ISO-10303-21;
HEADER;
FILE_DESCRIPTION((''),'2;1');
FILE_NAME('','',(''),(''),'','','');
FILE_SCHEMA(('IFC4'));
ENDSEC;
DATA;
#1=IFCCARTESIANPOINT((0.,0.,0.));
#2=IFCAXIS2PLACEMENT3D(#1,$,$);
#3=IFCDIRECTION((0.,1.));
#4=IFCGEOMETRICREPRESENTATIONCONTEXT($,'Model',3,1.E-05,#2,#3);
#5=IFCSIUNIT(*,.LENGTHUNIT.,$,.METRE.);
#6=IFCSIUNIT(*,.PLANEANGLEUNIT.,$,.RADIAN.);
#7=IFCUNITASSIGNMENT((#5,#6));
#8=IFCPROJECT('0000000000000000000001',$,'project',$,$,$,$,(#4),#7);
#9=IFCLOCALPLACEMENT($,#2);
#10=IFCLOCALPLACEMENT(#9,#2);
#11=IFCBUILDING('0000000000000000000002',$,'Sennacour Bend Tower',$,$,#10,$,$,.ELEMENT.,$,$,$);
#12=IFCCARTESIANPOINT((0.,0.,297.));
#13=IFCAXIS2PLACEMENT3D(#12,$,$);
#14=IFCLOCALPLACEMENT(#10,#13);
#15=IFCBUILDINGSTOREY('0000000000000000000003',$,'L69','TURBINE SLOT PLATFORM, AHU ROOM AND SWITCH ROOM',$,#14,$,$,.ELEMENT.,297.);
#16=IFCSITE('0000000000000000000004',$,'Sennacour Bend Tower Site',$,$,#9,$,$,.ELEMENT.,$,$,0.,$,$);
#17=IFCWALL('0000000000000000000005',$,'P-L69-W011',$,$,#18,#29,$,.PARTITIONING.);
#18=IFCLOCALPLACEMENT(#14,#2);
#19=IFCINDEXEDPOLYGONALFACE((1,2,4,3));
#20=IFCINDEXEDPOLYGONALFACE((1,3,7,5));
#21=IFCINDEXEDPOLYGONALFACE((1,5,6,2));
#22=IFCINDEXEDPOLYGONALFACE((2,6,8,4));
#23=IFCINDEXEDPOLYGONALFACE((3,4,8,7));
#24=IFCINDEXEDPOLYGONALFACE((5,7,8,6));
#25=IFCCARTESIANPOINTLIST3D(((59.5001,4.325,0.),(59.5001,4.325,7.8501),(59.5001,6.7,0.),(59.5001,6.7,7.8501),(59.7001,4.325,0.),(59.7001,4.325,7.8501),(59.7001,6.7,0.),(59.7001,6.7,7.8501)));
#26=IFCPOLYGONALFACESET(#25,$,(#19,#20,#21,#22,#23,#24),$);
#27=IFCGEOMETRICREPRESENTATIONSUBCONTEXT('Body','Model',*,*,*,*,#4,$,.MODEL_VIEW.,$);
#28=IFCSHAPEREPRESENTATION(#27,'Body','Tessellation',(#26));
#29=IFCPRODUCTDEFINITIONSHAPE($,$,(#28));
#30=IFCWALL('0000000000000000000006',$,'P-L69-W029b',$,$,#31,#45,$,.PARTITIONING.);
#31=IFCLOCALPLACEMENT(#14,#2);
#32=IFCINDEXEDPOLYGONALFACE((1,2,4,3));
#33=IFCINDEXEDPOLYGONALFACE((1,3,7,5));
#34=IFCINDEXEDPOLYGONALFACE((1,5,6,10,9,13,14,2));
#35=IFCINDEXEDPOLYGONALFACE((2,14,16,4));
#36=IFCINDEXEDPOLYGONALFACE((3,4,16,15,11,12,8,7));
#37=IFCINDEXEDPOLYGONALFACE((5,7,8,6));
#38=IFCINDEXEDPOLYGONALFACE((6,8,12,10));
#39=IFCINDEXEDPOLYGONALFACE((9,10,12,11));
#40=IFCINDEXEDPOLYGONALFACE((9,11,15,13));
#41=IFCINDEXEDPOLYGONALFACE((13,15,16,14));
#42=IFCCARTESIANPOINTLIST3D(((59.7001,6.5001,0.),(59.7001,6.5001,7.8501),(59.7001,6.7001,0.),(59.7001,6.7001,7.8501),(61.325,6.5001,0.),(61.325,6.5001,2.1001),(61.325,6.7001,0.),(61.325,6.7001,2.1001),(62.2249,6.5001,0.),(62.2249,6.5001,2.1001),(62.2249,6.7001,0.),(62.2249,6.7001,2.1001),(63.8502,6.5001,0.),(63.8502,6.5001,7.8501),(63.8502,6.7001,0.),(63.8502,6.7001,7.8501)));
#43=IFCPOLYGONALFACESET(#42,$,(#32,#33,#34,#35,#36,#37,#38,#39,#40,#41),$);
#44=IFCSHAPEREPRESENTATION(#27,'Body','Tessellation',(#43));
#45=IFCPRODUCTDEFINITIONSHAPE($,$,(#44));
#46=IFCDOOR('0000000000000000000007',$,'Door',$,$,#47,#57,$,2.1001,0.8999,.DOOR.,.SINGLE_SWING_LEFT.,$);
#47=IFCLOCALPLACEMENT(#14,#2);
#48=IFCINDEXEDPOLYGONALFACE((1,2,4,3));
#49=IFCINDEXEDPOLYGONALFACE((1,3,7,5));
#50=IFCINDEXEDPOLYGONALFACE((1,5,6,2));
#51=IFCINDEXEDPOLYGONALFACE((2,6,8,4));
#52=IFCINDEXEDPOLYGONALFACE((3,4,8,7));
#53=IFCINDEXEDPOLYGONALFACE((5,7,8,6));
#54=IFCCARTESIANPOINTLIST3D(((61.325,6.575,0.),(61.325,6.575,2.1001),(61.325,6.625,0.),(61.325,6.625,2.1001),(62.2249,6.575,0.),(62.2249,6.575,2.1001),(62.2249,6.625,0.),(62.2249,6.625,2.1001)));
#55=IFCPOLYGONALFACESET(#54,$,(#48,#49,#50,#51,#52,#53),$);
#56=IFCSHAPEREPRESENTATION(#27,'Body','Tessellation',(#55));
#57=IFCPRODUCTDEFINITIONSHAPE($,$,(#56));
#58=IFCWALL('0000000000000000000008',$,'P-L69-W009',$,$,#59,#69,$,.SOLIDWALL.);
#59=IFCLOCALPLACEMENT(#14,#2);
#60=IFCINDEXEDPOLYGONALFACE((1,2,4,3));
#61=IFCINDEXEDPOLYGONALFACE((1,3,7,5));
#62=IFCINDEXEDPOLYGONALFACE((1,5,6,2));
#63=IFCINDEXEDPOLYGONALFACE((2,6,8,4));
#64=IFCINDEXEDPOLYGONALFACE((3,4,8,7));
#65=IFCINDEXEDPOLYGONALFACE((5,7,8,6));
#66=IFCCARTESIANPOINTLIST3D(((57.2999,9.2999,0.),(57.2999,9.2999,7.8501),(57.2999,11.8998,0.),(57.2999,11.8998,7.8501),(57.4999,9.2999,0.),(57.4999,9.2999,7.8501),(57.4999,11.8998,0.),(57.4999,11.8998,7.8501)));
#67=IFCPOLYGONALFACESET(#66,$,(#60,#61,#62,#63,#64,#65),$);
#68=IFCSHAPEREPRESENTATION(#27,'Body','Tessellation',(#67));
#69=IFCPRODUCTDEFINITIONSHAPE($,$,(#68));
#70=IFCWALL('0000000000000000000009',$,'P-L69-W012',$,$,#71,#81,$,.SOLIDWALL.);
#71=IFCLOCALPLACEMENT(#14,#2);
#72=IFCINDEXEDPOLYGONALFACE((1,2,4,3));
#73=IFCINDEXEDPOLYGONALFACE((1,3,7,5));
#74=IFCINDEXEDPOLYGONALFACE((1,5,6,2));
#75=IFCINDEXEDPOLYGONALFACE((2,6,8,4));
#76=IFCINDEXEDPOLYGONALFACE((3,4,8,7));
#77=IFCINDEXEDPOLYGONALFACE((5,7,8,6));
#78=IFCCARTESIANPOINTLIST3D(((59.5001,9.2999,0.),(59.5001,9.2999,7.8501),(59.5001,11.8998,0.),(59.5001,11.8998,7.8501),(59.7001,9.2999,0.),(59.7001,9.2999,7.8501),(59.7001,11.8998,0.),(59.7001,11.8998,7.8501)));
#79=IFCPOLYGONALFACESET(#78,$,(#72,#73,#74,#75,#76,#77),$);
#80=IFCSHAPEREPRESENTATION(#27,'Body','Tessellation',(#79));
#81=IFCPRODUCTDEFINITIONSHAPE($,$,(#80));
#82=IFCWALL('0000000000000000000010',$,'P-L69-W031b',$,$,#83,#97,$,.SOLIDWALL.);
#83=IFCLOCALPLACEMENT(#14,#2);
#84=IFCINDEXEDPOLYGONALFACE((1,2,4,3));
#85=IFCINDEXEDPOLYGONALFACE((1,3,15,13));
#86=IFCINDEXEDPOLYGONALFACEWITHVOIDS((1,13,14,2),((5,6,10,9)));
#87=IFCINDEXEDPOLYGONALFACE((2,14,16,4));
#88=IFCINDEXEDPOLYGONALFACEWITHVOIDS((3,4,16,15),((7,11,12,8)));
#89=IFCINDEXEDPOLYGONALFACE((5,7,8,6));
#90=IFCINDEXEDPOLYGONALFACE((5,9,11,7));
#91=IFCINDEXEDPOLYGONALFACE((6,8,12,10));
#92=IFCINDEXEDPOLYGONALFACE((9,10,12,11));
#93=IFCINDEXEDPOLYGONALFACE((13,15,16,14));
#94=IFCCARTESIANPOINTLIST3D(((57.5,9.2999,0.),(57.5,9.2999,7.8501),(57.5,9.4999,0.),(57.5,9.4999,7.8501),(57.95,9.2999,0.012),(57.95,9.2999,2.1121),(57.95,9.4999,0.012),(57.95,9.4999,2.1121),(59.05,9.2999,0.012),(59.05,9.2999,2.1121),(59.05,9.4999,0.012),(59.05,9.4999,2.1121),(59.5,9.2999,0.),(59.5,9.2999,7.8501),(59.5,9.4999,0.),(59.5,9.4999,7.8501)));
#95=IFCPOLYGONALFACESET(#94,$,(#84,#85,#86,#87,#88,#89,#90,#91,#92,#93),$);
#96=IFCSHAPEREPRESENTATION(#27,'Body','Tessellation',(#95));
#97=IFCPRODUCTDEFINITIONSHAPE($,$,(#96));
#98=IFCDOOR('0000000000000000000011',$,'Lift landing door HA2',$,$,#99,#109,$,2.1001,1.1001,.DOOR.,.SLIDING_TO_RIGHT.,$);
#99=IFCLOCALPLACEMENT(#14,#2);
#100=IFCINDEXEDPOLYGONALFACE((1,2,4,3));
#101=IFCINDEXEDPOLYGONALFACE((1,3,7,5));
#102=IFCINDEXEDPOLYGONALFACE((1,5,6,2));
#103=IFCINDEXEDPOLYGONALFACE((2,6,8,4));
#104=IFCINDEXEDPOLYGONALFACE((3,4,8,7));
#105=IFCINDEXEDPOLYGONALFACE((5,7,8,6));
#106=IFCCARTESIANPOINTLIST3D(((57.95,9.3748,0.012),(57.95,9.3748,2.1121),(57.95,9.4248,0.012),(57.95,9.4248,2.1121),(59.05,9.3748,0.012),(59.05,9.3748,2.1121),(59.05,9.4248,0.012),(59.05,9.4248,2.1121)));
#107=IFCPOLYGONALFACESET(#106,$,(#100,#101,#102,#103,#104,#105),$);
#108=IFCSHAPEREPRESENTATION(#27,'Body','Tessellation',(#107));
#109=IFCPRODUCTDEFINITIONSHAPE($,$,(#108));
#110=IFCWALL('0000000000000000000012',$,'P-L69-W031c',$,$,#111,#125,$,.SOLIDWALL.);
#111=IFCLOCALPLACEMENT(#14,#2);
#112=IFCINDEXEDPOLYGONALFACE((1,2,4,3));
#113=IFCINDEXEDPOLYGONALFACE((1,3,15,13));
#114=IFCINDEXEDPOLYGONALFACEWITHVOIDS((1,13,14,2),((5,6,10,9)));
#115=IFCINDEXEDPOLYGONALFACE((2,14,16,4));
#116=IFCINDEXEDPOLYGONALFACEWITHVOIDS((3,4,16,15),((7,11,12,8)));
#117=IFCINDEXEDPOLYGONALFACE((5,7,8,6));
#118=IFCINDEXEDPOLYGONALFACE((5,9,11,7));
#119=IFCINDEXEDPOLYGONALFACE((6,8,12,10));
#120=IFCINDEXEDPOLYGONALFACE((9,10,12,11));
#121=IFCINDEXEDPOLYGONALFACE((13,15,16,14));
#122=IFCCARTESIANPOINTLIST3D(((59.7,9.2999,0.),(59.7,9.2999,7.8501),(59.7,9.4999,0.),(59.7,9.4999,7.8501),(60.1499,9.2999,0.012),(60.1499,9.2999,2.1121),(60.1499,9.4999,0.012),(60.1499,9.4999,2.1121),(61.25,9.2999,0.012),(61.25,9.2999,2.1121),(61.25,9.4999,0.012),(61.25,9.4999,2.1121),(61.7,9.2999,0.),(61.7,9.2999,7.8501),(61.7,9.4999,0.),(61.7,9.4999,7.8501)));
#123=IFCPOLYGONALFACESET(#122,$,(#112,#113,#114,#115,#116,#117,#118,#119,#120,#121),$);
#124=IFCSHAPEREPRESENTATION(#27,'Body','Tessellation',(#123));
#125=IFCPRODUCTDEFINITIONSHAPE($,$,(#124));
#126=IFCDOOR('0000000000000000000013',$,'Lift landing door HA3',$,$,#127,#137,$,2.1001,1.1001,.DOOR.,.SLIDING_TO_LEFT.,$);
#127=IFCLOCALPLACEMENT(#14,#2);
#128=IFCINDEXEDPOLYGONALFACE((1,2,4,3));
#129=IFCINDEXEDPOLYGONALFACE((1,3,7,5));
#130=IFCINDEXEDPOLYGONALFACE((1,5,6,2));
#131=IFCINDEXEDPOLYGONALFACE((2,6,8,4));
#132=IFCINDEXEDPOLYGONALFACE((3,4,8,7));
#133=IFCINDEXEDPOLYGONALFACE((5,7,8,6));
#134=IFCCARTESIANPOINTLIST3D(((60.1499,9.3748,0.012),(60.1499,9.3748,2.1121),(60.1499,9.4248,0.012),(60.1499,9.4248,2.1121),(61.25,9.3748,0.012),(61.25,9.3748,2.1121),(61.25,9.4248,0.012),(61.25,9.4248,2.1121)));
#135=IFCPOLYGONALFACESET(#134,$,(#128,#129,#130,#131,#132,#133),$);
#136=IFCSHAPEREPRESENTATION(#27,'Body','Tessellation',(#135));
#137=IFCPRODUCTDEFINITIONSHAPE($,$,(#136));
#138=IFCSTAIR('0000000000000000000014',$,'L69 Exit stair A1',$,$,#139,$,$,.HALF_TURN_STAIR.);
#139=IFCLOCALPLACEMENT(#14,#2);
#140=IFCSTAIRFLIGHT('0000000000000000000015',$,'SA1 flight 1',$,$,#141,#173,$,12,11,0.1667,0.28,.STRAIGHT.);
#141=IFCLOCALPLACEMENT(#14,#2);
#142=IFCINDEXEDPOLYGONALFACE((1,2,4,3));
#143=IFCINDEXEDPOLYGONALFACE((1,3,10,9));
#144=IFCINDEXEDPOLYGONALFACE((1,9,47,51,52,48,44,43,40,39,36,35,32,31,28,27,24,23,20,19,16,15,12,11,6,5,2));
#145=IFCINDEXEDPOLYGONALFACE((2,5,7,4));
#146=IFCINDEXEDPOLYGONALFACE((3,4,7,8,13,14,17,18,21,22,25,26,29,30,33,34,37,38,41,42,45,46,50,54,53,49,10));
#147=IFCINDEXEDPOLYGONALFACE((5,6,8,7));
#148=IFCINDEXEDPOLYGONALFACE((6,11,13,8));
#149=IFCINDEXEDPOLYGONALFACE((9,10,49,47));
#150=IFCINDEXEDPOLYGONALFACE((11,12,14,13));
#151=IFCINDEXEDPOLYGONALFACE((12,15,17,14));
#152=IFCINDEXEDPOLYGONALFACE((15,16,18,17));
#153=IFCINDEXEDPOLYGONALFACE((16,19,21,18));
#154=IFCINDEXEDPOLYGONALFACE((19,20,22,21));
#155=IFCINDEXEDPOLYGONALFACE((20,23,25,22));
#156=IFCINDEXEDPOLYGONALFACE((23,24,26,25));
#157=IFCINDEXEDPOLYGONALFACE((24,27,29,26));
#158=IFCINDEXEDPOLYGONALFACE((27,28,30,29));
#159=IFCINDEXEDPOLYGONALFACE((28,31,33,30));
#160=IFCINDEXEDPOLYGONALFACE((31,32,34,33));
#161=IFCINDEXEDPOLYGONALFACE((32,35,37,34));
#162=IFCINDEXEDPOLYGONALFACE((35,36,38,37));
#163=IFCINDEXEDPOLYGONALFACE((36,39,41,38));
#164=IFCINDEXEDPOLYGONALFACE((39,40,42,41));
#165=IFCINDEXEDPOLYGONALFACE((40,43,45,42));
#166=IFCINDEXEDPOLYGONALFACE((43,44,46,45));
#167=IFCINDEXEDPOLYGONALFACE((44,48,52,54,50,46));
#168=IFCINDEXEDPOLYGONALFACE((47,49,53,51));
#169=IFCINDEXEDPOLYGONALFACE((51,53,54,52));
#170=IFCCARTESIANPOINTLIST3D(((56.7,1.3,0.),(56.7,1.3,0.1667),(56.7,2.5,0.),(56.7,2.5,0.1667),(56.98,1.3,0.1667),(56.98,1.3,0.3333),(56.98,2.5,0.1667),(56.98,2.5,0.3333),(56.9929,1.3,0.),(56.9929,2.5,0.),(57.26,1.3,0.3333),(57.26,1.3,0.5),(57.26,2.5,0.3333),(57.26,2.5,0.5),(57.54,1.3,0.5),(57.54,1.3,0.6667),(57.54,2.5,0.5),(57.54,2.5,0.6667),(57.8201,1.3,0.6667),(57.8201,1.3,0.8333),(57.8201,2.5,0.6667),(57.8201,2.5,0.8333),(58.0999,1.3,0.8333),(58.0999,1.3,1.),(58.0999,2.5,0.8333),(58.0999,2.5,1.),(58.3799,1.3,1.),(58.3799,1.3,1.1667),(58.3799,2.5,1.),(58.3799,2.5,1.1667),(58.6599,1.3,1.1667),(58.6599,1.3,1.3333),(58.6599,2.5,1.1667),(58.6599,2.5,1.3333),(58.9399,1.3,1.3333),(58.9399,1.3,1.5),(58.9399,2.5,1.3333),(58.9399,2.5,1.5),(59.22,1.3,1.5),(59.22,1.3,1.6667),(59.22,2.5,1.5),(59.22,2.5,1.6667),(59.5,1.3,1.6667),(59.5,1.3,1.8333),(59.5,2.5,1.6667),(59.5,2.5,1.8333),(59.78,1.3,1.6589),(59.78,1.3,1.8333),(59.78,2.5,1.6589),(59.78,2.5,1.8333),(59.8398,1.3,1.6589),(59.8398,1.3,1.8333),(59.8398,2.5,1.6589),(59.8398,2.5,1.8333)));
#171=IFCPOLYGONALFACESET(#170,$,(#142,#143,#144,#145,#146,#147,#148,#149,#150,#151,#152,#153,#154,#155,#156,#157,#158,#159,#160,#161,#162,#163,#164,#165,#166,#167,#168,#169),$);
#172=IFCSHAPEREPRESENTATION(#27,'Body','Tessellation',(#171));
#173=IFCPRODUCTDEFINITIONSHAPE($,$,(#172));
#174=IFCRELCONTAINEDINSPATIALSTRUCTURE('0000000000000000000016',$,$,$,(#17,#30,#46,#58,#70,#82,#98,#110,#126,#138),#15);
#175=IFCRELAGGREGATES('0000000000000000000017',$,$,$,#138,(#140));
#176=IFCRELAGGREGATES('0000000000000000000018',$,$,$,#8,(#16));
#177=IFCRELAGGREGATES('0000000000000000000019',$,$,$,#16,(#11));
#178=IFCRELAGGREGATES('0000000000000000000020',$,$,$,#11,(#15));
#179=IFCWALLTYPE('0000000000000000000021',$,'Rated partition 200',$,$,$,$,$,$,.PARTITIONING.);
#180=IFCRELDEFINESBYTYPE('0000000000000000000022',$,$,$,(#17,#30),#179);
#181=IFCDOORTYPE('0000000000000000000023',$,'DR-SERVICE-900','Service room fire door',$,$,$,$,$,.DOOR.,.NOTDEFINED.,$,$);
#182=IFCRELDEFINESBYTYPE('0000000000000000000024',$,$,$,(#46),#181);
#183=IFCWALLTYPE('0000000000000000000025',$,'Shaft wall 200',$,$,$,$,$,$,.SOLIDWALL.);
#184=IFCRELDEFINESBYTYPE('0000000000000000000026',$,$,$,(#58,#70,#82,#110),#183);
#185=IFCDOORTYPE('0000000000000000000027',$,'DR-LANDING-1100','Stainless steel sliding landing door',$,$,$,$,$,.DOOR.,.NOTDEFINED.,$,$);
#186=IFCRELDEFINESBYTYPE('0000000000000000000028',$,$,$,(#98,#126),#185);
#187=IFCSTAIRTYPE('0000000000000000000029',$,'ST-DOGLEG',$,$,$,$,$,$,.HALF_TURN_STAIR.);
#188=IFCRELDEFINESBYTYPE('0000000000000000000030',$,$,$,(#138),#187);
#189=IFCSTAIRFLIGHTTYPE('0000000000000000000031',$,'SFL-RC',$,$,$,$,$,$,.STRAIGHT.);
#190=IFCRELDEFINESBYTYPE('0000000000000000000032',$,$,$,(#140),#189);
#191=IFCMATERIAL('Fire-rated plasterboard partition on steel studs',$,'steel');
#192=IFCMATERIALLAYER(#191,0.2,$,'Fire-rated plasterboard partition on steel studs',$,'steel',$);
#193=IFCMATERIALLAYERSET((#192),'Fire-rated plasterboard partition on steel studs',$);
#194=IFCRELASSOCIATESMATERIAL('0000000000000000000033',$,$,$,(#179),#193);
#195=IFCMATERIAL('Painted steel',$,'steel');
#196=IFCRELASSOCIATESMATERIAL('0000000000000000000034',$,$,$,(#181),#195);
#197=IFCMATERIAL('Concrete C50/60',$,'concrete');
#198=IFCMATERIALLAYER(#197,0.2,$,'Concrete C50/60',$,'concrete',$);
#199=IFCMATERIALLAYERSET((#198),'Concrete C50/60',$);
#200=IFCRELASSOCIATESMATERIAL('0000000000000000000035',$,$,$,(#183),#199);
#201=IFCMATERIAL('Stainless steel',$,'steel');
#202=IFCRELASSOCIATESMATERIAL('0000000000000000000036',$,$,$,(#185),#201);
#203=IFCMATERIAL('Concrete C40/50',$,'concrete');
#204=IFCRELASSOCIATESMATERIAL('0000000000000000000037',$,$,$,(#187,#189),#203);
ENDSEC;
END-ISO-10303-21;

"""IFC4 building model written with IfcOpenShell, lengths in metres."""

from ifc_helpers import new_model, si_unit, direction, frame, frame_2d, origin, place, context, subcontext, project, spatial, polyline, rectangle, outline, extrude, material, layer, layer_set, type_object, element, fill, aggregate, save


model = new_model("IFC4")

# Units and contexts
model_context = context("Model", 3, precision=1e-05, world=origin(), true_north=direction((0.0, 1.0)))
body_context = subcontext(model_context, "Body", "Model", "MODEL_VIEW")
ifc_project = project(units=[si_unit("LENGTHUNIT", "METRE"), si_unit("PLANEANGLEUNIT", "RADIAN")], contexts=[model_context])

# Site, building, storey
site_placement = place(None, origin())
site = spatial("IfcSite", under=ifc_project, at=site_placement, Name="Sennacour Bend Tower Site", CompositionType="ELEMENT", RefElevation=0.0)
building_placement = place(site_placement, origin())
building = spatial("IfcBuilding", under=site, at=building_placement, Name="Sennacour Bend Tower", CompositionType="ELEMENT")
storey_placement = place(building_placement, frame((0.0, 0.0, 297.0)))
storey = spatial("IfcBuildingStorey", under=building, at=storey_placement, Name="L69", Description="TURBINE SLOT PLATFORM, AHU ROOM AND SWITCH ROOM", CompositionType="ELEMENT", Elevation=297.0)

# Wall
ifc_material_1 = material(Name="Fire-rated plasterboard partition on steel studs", Category="steel")
ifc_layer_1 = layer(ifc_material_1, 0.2, Name="Fire-rated plasterboard partition on steel studs", Category="steel")
ifc_layer_set_1 = layer_set([ifc_layer_1], Name="Fire-rated plasterboard partition on steel studs")
wall_type_1 = type_object("IfcWallType", Name="Rated partition 200", PredefinedType="PARTITIONING", material=ifc_layer_set_1)
wall_1_placement = place(storey_placement, frame((59.6001, 4.325, 0.0), z_axis=(0.0, 0.0, 1.0), x_axis=(0.0, 1.0, 0.0)))
element("IfcWall", 1, at=wall_1_placement, inside=storey, type_object=wall_type_1, Name="P-L69-W011", PredefinedType="PARTITIONING", context=body_context, shape_type="SweptSolid", body=[
    extrude(rectangle(XDim=2.375, YDim=0.2, at=frame_2d((1.1875, 0.0))), origin(), (0.0, 0.0, 1.0), 7.8501),
])

# Wall, opening, door
wall_2_placement = place(storey_placement, frame((59.7, 6.6001, 0.0), z_axis=(0.0, 0.0, 1.0), x_axis=(1.0, 0.0, 0.0)))
wall_2 = element("IfcWall", 2, at=wall_2_placement, inside=storey, type_object=wall_type_1, Name="P-L69-W029b", PredefinedType="PARTITIONING", context=body_context, shape_type="SweptSolid", body=[
    extrude(rectangle(XDim=4.1501, YDim=0.2, at=frame_2d((2.0752, 0.0))), origin(), (0.0, 0.0, 1.0), 7.8501),
])
opening_1_placement = place(wall_2_placement, frame((1.625, 0.0, 0.0)))
opening_1 = element("IfcOpeningElement", 3, at=opening_1_placement, cuts=wall_2, PredefinedType="OPENING", context=body_context, shape_type="SweptSolid", body=[
    extrude(rectangle(XDim=0.8999, YDim=2.1001, at=frame_2d((0.45, 1.05))), frame((0.0, 0.1099, 0.0), z_axis=(0.0, -1.0, 0.0), x_axis=(1.0, 0.0, 0.0)), (0.0, 0.0, 1.0), 0.22),
])
ifc_material_2 = material(Name="Painted steel", Category="steel")
door_type_1 = type_object("IfcDoorType", Name="DR-SERVICE-900", Description="Service room fire door", OperationType="NOTDEFINED", PredefinedType="DOOR", material=ifc_material_2)
door_1_placement = place(opening_1_placement, origin())
door_1 = element("IfcDoor", 4, at=door_1_placement, inside=storey, type_object=door_type_1, Name="Door", OperationType="SINGLE_SWING_LEFT", OverallHeight=2.1001, OverallWidth=0.8999, PredefinedType="DOOR", context=body_context, shape_type="SweptSolid", body=[
    extrude(rectangle(XDim=0.8999, YDim=2.1001, at=frame_2d((0.45, 1.05))), frame((0.0, 0.0249, 0.0), z_axis=(0.0, -1.0, 0.0), x_axis=(1.0, 0.0, 0.0)), (0.0, 0.0, 1.0), 0.05),
])
fill(opening_1, door_1)

# Walls
ifc_material_3 = material(Name="Concrete C50/60", Category="concrete")
ifc_layer_2 = layer(ifc_material_3, 0.2, Name="Concrete C50/60", Category="concrete")
ifc_layer_set_2 = layer_set([ifc_layer_2], Name="Concrete C50/60")
wall_type_2 = type_object("IfcWallType", Name="Shaft wall 200", PredefinedType="SOLIDWALL", material=ifc_layer_set_2)
for number, where, z_axis, x_axis, name in (
    (5, (57.3999, 9.3, 0.0), (0.0, 0.0, 1.0), (0.0, 1.0, 0.0), "P-L69-W009"),
    (6, (59.6001, 9.3, 0.0), (0.0, 0.0, 1.0), (0.0, 1.0, 0.0), "P-L69-W012"),
):
    element("IfcWall", number, at=place(storey_placement, frame(where, z_axis=z_axis, x_axis=x_axis)), inside=storey, type_object=wall_type_2, Name=name, PredefinedType="SOLIDWALL", context=body_context, shape_type="SweptSolid", body=[
        extrude(rectangle(XDim=2.5999, YDim=0.2, at=frame_2d((1.2998, 0.0))), origin(), (0.0, 0.0, 1.0), 7.8501),
    ])

# Walls, openings, doors
wall_3_placement = place(storey_placement, frame((57.5, 9.3999, 0.0), z_axis=(0.0, 0.0, 1.0), x_axis=(1.0, 0.0, 0.0)))
wall_3 = element("IfcWall", 7, at=wall_3_placement, inside=storey, type_object=wall_type_2, Name="P-L69-W031b", PredefinedType="SOLIDWALL", context=body_context, shape_type="SweptSolid", body=[
    extrude(rectangle(XDim=2.0, YDim=0.2, at=frame_2d((1.0, 0.0))), origin(), (0.0, 0.0, 1.0), 7.8501),
])
opening_2_placement = place(wall_3_placement, frame((0.45, 0.0, 0.012)))
opening_2 = element("IfcOpeningElement", 8, at=opening_2_placement, cuts=wall_3, PredefinedType="OPENING", context=body_context, shape_type="SweptSolid", body=[
    extrude(rectangle(XDim=1.1001, YDim=2.1001, at=frame_2d((0.55, 1.05))), frame((0.0, 0.1099, 0.0), z_axis=(0.0, -1.0, 0.0), x_axis=(1.0, 0.0, 0.0)), (0.0, 0.0, 1.0), 0.22),
])
ifc_material_4 = material(Name="Stainless steel", Category="steel")
door_type_2 = type_object("IfcDoorType", Name="DR-LANDING-1100", Description="Stainless steel sliding landing door", OperationType="NOTDEFINED", PredefinedType="DOOR", material=ifc_material_4)
door_2_placement = place(opening_2_placement, origin())
door_2 = element("IfcDoor", 9, at=door_2_placement, inside=storey, type_object=door_type_2, Name="Lift landing door HA2", OperationType="SLIDING_TO_RIGHT", OverallHeight=2.1001, OverallWidth=1.1001, PredefinedType="DOOR", context=body_context, shape_type="SweptSolid", body=[
    extrude(rectangle(XDim=1.1001, YDim=2.1001, at=frame_2d((0.55, 1.05))), frame((0.0, 0.0249, 0.0), z_axis=(0.0, -1.0, 0.0), x_axis=(1.0, 0.0, 0.0)), (0.0, 0.0, 1.0), 0.05),
])
fill(opening_2, door_2)
wall_4_placement = place(storey_placement, frame((59.7, 9.3999, 0.0), z_axis=(0.0, 0.0, 1.0), x_axis=(1.0, 0.0, 0.0)))
wall_4 = element("IfcWall", 10, at=wall_4_placement, inside=storey, type_object=wall_type_2, Name="P-L69-W031c", PredefinedType="SOLIDWALL", context=body_context, shape_type="SweptSolid", body=[
    extrude(rectangle(XDim=2.0, YDim=0.2, at=frame_2d((1.0, 0.0))), origin(), (0.0, 0.0, 1.0), 7.8501),
])
opening_3_placement = place(wall_4_placement, frame((0.45, 0.0, 0.012)))
opening_3 = element("IfcOpeningElement", 11, at=opening_3_placement, cuts=wall_4, PredefinedType="OPENING", context=body_context, shape_type="SweptSolid", body=[
    extrude(rectangle(XDim=1.1001, YDim=2.1001, at=frame_2d((0.55, 1.05))), frame((0.0, 0.1099, 0.0), z_axis=(0.0, -1.0, 0.0), x_axis=(1.0, 0.0, 0.0)), (0.0, 0.0, 1.0), 0.22),
])
door_3_placement = place(opening_3_placement, origin())
door_3 = element("IfcDoor", 12, at=door_3_placement, inside=storey, type_object=door_type_2, Name="Lift landing door HA3", OperationType="SLIDING_TO_LEFT", OverallHeight=2.1001, OverallWidth=1.1001, PredefinedType="DOOR", context=body_context, shape_type="SweptSolid", body=[
    extrude(rectangle(XDim=1.1001, YDim=2.1001, at=frame_2d((0.55, 1.05))), frame((0.0, 0.0249, 0.0), z_axis=(0.0, -1.0, 0.0), x_axis=(1.0, 0.0, 0.0)), (0.0, 0.0, 1.0), 0.05),
])
fill(opening_3, door_3)

# Stair, stair flight
ifc_material_5 = material(Name="Concrete C40/50", Category="concrete")
stair_type = type_object("IfcStairType", Name="ST-DOGLEG", PredefinedType="HALF_TURN_STAIR", material=ifc_material_5)
stair_placement = place(storey_placement, origin())
stair = element("IfcStair", 13, at=stair_placement, inside=storey, type_object=stair_type, Name="L69 Exit stair A1", PredefinedType="HALF_TURN_STAIR")
stair_flight_type = type_object("IfcStairFlightType", Name="SFL-RC", PredefinedType="STRAIGHT", material=ifc_material_5)
stair_flight_1_placement = place(storey_placement, frame((56.7, 1.8999, 0.0), z_axis=(0.0, 0.0, 1.0), x_axis=(1.0, 0.0, 0.0)))
stair_flight_1 = element("IfcStairFlight", 14, at=stair_flight_1_placement, type_object=stair_flight_type, Name="SA1 flight 1", NumberOfRisers=12, NumberOfTreads=11, PredefinedType="STRAIGHT", RiserHeight=0.1667, TreadLength=0.28, context=body_context, shape_type="SweptSolid", body=[
    extrude(outline(polyline([(0.0, 0.0), (0.0, 0.1667), (0.28, 0.1667), (0.28, 0.3333), (0.5601, 0.3333), (0.5601, 0.5), (0.8401, 0.5), (0.8401, 0.6667), (1.1201, 0.6667), (1.1201, 0.8333), (1.3999, 0.8333), (1.3999, 1.0), (1.6799, 1.0), (1.6799, 1.1667), (1.96, 1.1667), (1.96, 1.3333), (2.24, 1.3333), (2.24, 1.5), (2.52, 1.5), (2.52, 1.6667), (2.8, 1.6667), (2.8, 1.8333), (3.0801, 1.8333), (3.1399, 1.8333), (3.1399, 1.6589), (3.0801, 1.6589), (0.293, 0.0), (0.0, 0.0)])), frame((0.0, 0.6001, 0.0), z_axis=(0.0, -1.0, 0.0), x_axis=(1.0, 0.0, 0.0)), (0.0, 0.0, 1.0), 1.2),
])
aggregate(stair, [stair_flight_1])

save(model, "model.ifc")
